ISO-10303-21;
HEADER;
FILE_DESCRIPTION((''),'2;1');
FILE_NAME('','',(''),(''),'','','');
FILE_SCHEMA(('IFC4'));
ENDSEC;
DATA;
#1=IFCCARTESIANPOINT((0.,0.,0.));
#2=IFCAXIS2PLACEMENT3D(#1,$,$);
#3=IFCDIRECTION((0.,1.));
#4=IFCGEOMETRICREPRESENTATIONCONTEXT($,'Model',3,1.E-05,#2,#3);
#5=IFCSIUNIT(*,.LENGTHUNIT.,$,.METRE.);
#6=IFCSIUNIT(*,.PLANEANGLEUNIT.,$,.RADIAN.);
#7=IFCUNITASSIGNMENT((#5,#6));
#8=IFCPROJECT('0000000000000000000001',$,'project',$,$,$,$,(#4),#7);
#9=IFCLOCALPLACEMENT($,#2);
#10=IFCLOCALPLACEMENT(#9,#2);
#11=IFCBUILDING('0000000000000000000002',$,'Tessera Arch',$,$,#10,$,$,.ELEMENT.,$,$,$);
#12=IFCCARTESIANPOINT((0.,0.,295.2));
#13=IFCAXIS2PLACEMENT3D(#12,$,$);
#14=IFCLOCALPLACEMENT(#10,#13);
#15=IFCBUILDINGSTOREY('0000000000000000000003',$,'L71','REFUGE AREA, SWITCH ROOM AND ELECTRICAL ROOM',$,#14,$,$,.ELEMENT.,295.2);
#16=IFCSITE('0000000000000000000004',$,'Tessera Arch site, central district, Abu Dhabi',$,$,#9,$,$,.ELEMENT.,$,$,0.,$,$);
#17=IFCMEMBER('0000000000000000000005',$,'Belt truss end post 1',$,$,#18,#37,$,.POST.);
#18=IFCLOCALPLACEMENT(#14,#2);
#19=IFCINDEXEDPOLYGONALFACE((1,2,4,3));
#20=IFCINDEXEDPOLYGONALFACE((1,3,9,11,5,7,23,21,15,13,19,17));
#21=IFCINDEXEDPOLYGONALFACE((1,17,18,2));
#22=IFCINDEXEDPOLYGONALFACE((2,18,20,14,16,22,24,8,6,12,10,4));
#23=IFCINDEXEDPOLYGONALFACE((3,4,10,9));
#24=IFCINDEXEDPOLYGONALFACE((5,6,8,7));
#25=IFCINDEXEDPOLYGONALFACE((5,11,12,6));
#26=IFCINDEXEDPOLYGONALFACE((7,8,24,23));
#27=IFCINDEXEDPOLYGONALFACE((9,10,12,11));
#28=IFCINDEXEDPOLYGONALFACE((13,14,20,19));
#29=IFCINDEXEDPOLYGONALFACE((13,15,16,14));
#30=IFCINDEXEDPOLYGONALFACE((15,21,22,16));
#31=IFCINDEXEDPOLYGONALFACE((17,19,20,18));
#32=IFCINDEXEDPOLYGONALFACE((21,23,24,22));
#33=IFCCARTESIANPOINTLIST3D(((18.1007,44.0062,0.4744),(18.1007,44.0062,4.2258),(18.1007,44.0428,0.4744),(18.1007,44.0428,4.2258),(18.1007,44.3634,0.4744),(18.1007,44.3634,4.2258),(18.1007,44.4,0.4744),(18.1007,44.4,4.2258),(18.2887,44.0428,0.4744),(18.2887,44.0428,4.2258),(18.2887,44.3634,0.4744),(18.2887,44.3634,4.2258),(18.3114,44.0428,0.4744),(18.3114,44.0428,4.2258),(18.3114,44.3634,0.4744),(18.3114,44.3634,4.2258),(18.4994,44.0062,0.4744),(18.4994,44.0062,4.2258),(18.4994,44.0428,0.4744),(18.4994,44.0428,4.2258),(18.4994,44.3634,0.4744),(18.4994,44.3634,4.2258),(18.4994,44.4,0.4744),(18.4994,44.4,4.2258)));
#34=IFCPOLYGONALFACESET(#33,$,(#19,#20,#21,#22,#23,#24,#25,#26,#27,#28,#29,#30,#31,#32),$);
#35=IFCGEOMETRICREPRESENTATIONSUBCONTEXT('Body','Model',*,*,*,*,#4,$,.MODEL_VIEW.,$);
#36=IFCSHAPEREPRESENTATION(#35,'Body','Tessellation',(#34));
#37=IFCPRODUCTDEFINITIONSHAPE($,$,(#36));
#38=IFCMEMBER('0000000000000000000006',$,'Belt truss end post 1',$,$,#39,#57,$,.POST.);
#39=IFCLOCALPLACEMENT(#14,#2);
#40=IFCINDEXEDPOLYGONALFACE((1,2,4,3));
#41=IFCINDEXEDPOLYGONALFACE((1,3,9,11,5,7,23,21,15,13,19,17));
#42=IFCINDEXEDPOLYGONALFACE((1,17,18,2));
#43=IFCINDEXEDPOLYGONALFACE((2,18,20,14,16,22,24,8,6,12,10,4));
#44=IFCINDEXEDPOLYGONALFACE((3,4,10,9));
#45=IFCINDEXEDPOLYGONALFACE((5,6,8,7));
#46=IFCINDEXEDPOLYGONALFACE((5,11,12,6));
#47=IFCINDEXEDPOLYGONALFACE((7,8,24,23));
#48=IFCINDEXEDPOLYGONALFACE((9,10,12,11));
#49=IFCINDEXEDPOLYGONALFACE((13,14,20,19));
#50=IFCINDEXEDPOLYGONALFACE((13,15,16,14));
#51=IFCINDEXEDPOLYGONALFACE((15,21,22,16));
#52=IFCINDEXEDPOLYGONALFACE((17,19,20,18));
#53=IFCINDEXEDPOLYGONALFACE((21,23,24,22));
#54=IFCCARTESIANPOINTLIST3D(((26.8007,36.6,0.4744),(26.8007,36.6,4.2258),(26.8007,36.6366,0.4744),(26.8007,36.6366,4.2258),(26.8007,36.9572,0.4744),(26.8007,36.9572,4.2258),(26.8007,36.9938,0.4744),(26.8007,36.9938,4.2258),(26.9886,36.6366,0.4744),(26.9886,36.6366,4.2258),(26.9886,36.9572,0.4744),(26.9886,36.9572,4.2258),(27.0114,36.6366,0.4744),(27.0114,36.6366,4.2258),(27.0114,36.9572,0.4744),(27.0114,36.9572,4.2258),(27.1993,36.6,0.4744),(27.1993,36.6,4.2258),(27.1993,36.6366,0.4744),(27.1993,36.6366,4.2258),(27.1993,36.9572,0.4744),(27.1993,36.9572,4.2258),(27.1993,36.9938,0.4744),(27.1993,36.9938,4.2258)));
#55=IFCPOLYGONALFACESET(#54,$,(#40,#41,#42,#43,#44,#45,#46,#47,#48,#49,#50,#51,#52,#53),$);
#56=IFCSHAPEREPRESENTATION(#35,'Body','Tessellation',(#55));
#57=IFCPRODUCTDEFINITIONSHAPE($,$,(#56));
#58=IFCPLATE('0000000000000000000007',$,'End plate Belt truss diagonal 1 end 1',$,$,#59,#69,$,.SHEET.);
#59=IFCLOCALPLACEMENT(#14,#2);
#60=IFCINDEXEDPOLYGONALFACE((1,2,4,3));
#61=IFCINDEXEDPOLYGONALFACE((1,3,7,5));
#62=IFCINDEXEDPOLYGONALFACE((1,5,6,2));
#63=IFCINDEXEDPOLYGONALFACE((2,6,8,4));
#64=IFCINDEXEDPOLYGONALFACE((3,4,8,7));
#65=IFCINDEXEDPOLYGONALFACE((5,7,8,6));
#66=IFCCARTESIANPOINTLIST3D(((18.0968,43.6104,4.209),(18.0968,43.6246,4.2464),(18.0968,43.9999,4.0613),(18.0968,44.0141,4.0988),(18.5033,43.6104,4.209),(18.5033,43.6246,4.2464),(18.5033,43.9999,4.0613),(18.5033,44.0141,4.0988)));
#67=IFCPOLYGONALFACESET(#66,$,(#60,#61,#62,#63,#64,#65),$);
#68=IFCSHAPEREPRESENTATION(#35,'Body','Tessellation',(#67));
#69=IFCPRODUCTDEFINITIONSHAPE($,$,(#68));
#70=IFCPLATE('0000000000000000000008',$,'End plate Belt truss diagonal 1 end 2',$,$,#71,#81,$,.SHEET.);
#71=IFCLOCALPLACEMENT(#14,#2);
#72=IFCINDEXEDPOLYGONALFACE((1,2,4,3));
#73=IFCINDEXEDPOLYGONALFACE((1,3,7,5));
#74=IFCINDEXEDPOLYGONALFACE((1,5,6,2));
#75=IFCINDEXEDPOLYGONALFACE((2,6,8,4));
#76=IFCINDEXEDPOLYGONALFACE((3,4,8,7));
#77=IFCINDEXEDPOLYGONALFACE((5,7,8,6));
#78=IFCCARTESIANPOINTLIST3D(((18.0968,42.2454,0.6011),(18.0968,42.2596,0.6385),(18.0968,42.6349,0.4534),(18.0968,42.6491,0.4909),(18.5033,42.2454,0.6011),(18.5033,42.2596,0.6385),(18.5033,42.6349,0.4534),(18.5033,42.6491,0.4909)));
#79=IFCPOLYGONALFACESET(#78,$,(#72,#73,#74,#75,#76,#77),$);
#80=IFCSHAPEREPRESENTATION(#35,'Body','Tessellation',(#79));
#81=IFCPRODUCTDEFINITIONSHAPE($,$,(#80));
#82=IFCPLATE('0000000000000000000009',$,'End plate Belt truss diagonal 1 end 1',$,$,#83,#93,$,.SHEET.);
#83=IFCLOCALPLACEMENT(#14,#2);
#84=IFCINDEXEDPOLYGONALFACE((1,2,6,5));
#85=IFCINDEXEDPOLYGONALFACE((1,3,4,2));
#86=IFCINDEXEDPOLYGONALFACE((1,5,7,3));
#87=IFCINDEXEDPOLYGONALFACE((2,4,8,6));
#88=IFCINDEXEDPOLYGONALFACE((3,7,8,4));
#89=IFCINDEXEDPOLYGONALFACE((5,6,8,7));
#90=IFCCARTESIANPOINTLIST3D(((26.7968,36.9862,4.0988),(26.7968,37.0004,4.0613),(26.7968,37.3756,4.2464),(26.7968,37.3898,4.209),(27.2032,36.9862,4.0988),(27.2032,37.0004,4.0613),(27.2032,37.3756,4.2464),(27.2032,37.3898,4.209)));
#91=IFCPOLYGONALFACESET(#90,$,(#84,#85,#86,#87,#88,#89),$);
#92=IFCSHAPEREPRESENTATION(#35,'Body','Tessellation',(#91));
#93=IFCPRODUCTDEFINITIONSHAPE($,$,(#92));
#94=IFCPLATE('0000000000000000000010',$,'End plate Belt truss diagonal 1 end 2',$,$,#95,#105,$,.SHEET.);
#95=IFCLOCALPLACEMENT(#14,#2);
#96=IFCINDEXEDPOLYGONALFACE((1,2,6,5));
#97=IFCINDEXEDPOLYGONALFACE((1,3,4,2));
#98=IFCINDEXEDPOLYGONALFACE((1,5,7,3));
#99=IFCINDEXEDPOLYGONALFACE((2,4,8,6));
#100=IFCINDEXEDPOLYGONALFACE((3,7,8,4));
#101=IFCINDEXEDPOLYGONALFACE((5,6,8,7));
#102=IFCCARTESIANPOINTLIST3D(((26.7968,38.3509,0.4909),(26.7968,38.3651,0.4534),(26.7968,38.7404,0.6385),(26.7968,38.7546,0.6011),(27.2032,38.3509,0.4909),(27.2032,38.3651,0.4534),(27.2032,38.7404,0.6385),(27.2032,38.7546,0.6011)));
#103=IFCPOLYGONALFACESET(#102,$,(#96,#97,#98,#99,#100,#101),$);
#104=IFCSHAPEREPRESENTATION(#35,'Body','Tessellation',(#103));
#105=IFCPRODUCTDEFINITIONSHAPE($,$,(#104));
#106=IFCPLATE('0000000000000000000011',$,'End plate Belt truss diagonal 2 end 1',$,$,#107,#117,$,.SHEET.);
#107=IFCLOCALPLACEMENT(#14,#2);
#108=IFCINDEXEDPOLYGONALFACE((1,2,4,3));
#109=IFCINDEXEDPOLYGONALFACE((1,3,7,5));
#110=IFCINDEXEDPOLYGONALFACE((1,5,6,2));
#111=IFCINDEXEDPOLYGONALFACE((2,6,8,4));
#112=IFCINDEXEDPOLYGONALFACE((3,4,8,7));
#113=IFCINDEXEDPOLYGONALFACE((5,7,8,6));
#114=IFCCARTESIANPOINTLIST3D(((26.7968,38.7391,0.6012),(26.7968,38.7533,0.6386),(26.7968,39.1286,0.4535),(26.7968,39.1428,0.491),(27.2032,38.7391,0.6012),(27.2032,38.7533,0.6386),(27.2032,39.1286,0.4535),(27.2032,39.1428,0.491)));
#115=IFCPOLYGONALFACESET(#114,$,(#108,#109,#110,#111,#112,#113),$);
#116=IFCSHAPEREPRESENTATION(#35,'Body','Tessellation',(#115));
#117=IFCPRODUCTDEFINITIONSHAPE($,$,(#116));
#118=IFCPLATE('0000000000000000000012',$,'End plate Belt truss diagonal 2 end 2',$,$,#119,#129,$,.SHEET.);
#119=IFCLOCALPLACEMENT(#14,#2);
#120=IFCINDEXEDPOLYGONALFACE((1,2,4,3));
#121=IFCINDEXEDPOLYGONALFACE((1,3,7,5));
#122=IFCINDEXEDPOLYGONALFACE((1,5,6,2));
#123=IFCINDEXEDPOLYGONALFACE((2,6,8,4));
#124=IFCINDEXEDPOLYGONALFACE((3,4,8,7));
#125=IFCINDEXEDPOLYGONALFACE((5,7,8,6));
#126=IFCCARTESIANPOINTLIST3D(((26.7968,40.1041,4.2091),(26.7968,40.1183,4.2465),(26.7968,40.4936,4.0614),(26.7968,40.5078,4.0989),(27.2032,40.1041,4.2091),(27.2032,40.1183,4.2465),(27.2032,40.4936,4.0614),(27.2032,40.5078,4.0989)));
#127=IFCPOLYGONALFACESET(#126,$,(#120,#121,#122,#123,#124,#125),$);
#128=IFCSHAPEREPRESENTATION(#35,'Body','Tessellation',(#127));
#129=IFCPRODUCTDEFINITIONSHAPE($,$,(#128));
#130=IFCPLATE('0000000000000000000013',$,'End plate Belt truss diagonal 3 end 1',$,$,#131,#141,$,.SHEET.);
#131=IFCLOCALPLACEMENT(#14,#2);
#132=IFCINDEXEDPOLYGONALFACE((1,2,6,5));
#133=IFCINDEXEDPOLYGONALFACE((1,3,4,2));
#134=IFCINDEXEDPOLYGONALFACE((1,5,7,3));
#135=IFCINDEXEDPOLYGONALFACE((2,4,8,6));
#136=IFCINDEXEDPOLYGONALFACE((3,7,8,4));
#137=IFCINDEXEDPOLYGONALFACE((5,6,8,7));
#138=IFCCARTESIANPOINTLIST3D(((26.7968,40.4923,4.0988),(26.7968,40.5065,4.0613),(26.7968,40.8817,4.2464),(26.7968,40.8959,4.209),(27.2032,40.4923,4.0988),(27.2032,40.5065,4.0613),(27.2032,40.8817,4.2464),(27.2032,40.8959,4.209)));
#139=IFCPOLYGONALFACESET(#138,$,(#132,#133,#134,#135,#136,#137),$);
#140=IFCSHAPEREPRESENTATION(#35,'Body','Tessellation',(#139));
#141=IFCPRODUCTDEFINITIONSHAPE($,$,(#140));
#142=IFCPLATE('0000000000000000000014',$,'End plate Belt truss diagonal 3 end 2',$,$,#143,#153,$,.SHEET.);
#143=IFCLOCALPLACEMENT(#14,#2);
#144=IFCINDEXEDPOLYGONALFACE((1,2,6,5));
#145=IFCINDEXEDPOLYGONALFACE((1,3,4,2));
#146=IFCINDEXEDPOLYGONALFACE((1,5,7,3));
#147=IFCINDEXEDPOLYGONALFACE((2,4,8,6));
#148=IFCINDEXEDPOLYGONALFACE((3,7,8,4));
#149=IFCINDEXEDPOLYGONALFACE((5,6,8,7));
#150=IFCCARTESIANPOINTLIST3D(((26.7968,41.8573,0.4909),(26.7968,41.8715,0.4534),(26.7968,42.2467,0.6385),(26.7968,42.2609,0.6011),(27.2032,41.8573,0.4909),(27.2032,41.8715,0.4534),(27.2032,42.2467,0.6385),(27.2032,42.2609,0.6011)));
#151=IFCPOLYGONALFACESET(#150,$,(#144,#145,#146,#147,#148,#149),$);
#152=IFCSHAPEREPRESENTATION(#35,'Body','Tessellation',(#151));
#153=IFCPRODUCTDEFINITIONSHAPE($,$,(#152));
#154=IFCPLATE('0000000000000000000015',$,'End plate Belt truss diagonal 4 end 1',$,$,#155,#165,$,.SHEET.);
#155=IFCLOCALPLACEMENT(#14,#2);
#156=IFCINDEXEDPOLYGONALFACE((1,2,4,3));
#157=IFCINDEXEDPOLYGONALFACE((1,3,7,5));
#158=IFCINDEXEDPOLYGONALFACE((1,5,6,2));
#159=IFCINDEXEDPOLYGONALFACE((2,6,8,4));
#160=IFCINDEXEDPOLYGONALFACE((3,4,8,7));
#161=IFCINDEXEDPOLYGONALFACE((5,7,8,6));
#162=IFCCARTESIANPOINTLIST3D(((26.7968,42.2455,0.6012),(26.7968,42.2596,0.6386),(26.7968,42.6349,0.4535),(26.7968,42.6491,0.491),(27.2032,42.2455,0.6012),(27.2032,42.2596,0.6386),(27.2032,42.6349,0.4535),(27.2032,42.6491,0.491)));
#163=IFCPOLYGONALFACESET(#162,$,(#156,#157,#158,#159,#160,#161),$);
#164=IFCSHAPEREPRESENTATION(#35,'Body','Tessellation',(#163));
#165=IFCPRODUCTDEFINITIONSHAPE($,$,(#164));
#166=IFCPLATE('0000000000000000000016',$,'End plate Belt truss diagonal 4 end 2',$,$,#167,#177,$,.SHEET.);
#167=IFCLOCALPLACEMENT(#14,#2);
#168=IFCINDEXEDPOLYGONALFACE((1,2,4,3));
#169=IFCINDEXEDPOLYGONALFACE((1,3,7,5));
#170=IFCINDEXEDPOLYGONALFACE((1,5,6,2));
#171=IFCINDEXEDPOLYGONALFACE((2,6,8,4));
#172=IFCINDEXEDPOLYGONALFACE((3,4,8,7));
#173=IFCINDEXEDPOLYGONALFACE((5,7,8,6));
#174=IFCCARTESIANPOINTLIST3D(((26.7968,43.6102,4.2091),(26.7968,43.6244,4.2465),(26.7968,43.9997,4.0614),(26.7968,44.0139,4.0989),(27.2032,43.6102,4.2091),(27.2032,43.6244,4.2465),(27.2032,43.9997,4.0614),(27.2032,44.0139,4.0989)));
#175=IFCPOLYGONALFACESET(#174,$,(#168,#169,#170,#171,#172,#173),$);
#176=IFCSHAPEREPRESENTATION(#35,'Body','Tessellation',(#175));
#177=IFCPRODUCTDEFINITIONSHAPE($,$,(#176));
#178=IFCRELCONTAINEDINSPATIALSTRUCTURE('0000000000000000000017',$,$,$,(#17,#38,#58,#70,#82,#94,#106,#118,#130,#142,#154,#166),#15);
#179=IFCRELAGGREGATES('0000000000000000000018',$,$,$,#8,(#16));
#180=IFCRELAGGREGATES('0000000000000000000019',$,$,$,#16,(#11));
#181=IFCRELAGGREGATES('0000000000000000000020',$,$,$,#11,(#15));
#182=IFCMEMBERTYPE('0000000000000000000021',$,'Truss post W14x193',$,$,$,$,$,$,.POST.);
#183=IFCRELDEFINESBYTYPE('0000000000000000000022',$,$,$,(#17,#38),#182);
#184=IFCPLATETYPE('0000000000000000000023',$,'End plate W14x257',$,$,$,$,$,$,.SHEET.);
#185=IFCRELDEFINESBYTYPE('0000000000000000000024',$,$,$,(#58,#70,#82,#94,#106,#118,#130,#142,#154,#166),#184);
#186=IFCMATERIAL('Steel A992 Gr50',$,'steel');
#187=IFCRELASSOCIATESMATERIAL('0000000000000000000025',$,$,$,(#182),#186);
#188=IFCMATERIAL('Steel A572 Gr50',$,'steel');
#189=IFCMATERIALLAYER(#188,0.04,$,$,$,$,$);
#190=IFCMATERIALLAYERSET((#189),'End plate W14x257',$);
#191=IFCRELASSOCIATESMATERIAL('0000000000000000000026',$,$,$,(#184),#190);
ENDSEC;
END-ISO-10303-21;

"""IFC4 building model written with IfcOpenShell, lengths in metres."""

from ifc_helpers import new_model, si_unit, direction, frame, origin, origin_2d, place, context, subcontext, project, spatial, rectangle, i_section, extrude, material, layer, layer_set, material_profile, profile_set, type_object, element, save


model = new_model("IFC4")

# Units and contexts
model_context = context("Model", 3, precision=1e-05, world=origin(), true_north=direction((0.0, 1.0)))
body_context = subcontext(model_context, "Body", "Model", "MODEL_VIEW")
ifc_project = project(units=[si_unit("LENGTHUNIT", "METRE"), si_unit("PLANEANGLEUNIT", "RADIAN")], contexts=[model_context])

# Site, building, storey
site_placement = place(None, origin())
site = spatial("IfcSite", under=ifc_project, at=site_placement, Name="Tessera Arch site, central district, Abu Dhabi", CompositionType="ELEMENT", RefElevation=0.0)
building_placement = place(site_placement, origin())
building = spatial("IfcBuilding", under=site, at=building_placement, Name="Tessera Arch", CompositionType="ELEMENT")
storey_placement = place(building_placement, frame((0.0, 0.0, 295.2)))
storey = spatial("IfcBuildingStorey", under=building, at=storey_placement, Name="L71", Description="REFUGE AREA, SWITCH ROOM AND ELECTRICAL ROOM", CompositionType="ELEMENT", Elevation=295.2)

# Members
ifc_material_1 = material(Name="Steel A992 Gr50", Category="steel")
ifc_material_profile_1 = material_profile(ifc_material_1, i_section(OverallWidth=0.3987, OverallDepth=0.3938, WebThickness=0.0227, FlangeThickness=0.0366, at=origin_2d()), Name="W14x193")
ifc_profile_set_1 = profile_set([ifc_material_profile_1], Name="Steel A992 Gr50")
member_type_1 = type_object("IfcMemberType", Name="Truss post W14x193", PredefinedType="POST", material=ifc_profile_set_1)
for number, where, z_axis, x_axis, name in (
    (1, (18.3, 44.2031, 0.4744), (0.0, 0.0, 1.0), (1.0, 0.0, 0.0), "Belt truss end post 1"),
    (2, (27.0, 36.7969, 0.4744), (0.0, 0.0, 1.0), (1.0, 0.0, 0.0), "Belt truss end post 1"),
):
    element("IfcMember", number, at=place(storey_placement, frame(where, z_axis=z_axis, x_axis=x_axis)), inside=storey, type_object=member_type_1, Name=name, PredefinedType="POST", context=body_context, shape_type="SweptSolid", body=[
        extrude(i_section(OverallWidth=0.3987, OverallDepth=0.3938, WebThickness=0.0227, FlangeThickness=0.0366, at=origin_2d()), origin(), (0.0, 0.0, 1.0), 3.7515),
    ])

# Plates
ifc_material_2 = material(Name="Steel A572 Gr50", Category="steel")
ifc_layer = layer(ifc_material_2, 0.04)
ifc_layer_set = layer_set([ifc_layer], Name="End plate W14x257")
plate_type = type_object("IfcPlateType", Name="End plate W14x257", PredefinedType="SHEET", material=ifc_layer_set)
for number, where, z_axis, x_axis, name in (
    (3, (18.3, 43.8193, 4.1726), (0.0, -0.35447, -0.935067), (1.0, 0.0, 0.0), "End plate Belt truss diagonal 1 end 1"),
    (4, (18.3, 42.4543, 0.5647), (0.0, -0.35447, -0.935067), (1.0, 0.0, 0.0), "End plate Belt truss diagonal 1 end 2"),
    (5, (27.0, 37.1809, 4.1726), (0.0, 0.35447, -0.935067), (-1.0, 0.0, 0.0), "End plate Belt truss diagonal 1 end 1"),
    (6, (27.0, 38.5457, 0.5647), (0.0, 0.35447, -0.935067), (-1.0, 0.0, 0.0), "End plate Belt truss diagonal 1 end 2"),
    (7, (27.0, 38.9338, 0.5273), (0.0, 0.35447, 0.935067), (-1.0, 0.0, 0.0), "End plate Belt truss diagonal 2 end 1"),
    (8, (27.0, 40.2988, 4.1353), (0.0, 0.35447, 0.935067), (-1.0, 0.0, 0.0), "End plate Belt truss diagonal 2 end 2"),
    (9, (27.0, 40.687, 4.1726), (0.0, 0.35447, -0.935067), (-1.0, 0.0, 0.0), "End plate Belt truss diagonal 3 end 1"),
    (10, (27.0, 42.052, 0.5647), (0.0, 0.35447, -0.935067), (-1.0, 0.0, 0.0), "End plate Belt truss diagonal 3 end 2"),
    (11, (27.0, 42.4402, 0.5273), (0.0, 0.35447, 0.935067), (-1.0, 0.0, 0.0), "End plate Belt truss diagonal 4 end 1"),
    (12, (27.0, 43.8049, 4.1353), (0.0, 0.35447, 0.935067), (-1.0, 0.0, 0.0), "End plate Belt truss diagonal 4 end 2"),
):
    element("IfcPlate", number, at=place(storey_placement, frame(where, z_axis=z_axis, x_axis=x_axis)), inside=storey, type_object=plate_type, Name=name, PredefinedType="SHEET", context=body_context, shape_type="SweptSolid", body=[
        extrude(rectangle(XDim=0.4065, YDim=0.4165, at=origin_2d()), origin(), (0.0, 0.0, 1.0), 0.04),
    ])

save(model, "model.ifc")
